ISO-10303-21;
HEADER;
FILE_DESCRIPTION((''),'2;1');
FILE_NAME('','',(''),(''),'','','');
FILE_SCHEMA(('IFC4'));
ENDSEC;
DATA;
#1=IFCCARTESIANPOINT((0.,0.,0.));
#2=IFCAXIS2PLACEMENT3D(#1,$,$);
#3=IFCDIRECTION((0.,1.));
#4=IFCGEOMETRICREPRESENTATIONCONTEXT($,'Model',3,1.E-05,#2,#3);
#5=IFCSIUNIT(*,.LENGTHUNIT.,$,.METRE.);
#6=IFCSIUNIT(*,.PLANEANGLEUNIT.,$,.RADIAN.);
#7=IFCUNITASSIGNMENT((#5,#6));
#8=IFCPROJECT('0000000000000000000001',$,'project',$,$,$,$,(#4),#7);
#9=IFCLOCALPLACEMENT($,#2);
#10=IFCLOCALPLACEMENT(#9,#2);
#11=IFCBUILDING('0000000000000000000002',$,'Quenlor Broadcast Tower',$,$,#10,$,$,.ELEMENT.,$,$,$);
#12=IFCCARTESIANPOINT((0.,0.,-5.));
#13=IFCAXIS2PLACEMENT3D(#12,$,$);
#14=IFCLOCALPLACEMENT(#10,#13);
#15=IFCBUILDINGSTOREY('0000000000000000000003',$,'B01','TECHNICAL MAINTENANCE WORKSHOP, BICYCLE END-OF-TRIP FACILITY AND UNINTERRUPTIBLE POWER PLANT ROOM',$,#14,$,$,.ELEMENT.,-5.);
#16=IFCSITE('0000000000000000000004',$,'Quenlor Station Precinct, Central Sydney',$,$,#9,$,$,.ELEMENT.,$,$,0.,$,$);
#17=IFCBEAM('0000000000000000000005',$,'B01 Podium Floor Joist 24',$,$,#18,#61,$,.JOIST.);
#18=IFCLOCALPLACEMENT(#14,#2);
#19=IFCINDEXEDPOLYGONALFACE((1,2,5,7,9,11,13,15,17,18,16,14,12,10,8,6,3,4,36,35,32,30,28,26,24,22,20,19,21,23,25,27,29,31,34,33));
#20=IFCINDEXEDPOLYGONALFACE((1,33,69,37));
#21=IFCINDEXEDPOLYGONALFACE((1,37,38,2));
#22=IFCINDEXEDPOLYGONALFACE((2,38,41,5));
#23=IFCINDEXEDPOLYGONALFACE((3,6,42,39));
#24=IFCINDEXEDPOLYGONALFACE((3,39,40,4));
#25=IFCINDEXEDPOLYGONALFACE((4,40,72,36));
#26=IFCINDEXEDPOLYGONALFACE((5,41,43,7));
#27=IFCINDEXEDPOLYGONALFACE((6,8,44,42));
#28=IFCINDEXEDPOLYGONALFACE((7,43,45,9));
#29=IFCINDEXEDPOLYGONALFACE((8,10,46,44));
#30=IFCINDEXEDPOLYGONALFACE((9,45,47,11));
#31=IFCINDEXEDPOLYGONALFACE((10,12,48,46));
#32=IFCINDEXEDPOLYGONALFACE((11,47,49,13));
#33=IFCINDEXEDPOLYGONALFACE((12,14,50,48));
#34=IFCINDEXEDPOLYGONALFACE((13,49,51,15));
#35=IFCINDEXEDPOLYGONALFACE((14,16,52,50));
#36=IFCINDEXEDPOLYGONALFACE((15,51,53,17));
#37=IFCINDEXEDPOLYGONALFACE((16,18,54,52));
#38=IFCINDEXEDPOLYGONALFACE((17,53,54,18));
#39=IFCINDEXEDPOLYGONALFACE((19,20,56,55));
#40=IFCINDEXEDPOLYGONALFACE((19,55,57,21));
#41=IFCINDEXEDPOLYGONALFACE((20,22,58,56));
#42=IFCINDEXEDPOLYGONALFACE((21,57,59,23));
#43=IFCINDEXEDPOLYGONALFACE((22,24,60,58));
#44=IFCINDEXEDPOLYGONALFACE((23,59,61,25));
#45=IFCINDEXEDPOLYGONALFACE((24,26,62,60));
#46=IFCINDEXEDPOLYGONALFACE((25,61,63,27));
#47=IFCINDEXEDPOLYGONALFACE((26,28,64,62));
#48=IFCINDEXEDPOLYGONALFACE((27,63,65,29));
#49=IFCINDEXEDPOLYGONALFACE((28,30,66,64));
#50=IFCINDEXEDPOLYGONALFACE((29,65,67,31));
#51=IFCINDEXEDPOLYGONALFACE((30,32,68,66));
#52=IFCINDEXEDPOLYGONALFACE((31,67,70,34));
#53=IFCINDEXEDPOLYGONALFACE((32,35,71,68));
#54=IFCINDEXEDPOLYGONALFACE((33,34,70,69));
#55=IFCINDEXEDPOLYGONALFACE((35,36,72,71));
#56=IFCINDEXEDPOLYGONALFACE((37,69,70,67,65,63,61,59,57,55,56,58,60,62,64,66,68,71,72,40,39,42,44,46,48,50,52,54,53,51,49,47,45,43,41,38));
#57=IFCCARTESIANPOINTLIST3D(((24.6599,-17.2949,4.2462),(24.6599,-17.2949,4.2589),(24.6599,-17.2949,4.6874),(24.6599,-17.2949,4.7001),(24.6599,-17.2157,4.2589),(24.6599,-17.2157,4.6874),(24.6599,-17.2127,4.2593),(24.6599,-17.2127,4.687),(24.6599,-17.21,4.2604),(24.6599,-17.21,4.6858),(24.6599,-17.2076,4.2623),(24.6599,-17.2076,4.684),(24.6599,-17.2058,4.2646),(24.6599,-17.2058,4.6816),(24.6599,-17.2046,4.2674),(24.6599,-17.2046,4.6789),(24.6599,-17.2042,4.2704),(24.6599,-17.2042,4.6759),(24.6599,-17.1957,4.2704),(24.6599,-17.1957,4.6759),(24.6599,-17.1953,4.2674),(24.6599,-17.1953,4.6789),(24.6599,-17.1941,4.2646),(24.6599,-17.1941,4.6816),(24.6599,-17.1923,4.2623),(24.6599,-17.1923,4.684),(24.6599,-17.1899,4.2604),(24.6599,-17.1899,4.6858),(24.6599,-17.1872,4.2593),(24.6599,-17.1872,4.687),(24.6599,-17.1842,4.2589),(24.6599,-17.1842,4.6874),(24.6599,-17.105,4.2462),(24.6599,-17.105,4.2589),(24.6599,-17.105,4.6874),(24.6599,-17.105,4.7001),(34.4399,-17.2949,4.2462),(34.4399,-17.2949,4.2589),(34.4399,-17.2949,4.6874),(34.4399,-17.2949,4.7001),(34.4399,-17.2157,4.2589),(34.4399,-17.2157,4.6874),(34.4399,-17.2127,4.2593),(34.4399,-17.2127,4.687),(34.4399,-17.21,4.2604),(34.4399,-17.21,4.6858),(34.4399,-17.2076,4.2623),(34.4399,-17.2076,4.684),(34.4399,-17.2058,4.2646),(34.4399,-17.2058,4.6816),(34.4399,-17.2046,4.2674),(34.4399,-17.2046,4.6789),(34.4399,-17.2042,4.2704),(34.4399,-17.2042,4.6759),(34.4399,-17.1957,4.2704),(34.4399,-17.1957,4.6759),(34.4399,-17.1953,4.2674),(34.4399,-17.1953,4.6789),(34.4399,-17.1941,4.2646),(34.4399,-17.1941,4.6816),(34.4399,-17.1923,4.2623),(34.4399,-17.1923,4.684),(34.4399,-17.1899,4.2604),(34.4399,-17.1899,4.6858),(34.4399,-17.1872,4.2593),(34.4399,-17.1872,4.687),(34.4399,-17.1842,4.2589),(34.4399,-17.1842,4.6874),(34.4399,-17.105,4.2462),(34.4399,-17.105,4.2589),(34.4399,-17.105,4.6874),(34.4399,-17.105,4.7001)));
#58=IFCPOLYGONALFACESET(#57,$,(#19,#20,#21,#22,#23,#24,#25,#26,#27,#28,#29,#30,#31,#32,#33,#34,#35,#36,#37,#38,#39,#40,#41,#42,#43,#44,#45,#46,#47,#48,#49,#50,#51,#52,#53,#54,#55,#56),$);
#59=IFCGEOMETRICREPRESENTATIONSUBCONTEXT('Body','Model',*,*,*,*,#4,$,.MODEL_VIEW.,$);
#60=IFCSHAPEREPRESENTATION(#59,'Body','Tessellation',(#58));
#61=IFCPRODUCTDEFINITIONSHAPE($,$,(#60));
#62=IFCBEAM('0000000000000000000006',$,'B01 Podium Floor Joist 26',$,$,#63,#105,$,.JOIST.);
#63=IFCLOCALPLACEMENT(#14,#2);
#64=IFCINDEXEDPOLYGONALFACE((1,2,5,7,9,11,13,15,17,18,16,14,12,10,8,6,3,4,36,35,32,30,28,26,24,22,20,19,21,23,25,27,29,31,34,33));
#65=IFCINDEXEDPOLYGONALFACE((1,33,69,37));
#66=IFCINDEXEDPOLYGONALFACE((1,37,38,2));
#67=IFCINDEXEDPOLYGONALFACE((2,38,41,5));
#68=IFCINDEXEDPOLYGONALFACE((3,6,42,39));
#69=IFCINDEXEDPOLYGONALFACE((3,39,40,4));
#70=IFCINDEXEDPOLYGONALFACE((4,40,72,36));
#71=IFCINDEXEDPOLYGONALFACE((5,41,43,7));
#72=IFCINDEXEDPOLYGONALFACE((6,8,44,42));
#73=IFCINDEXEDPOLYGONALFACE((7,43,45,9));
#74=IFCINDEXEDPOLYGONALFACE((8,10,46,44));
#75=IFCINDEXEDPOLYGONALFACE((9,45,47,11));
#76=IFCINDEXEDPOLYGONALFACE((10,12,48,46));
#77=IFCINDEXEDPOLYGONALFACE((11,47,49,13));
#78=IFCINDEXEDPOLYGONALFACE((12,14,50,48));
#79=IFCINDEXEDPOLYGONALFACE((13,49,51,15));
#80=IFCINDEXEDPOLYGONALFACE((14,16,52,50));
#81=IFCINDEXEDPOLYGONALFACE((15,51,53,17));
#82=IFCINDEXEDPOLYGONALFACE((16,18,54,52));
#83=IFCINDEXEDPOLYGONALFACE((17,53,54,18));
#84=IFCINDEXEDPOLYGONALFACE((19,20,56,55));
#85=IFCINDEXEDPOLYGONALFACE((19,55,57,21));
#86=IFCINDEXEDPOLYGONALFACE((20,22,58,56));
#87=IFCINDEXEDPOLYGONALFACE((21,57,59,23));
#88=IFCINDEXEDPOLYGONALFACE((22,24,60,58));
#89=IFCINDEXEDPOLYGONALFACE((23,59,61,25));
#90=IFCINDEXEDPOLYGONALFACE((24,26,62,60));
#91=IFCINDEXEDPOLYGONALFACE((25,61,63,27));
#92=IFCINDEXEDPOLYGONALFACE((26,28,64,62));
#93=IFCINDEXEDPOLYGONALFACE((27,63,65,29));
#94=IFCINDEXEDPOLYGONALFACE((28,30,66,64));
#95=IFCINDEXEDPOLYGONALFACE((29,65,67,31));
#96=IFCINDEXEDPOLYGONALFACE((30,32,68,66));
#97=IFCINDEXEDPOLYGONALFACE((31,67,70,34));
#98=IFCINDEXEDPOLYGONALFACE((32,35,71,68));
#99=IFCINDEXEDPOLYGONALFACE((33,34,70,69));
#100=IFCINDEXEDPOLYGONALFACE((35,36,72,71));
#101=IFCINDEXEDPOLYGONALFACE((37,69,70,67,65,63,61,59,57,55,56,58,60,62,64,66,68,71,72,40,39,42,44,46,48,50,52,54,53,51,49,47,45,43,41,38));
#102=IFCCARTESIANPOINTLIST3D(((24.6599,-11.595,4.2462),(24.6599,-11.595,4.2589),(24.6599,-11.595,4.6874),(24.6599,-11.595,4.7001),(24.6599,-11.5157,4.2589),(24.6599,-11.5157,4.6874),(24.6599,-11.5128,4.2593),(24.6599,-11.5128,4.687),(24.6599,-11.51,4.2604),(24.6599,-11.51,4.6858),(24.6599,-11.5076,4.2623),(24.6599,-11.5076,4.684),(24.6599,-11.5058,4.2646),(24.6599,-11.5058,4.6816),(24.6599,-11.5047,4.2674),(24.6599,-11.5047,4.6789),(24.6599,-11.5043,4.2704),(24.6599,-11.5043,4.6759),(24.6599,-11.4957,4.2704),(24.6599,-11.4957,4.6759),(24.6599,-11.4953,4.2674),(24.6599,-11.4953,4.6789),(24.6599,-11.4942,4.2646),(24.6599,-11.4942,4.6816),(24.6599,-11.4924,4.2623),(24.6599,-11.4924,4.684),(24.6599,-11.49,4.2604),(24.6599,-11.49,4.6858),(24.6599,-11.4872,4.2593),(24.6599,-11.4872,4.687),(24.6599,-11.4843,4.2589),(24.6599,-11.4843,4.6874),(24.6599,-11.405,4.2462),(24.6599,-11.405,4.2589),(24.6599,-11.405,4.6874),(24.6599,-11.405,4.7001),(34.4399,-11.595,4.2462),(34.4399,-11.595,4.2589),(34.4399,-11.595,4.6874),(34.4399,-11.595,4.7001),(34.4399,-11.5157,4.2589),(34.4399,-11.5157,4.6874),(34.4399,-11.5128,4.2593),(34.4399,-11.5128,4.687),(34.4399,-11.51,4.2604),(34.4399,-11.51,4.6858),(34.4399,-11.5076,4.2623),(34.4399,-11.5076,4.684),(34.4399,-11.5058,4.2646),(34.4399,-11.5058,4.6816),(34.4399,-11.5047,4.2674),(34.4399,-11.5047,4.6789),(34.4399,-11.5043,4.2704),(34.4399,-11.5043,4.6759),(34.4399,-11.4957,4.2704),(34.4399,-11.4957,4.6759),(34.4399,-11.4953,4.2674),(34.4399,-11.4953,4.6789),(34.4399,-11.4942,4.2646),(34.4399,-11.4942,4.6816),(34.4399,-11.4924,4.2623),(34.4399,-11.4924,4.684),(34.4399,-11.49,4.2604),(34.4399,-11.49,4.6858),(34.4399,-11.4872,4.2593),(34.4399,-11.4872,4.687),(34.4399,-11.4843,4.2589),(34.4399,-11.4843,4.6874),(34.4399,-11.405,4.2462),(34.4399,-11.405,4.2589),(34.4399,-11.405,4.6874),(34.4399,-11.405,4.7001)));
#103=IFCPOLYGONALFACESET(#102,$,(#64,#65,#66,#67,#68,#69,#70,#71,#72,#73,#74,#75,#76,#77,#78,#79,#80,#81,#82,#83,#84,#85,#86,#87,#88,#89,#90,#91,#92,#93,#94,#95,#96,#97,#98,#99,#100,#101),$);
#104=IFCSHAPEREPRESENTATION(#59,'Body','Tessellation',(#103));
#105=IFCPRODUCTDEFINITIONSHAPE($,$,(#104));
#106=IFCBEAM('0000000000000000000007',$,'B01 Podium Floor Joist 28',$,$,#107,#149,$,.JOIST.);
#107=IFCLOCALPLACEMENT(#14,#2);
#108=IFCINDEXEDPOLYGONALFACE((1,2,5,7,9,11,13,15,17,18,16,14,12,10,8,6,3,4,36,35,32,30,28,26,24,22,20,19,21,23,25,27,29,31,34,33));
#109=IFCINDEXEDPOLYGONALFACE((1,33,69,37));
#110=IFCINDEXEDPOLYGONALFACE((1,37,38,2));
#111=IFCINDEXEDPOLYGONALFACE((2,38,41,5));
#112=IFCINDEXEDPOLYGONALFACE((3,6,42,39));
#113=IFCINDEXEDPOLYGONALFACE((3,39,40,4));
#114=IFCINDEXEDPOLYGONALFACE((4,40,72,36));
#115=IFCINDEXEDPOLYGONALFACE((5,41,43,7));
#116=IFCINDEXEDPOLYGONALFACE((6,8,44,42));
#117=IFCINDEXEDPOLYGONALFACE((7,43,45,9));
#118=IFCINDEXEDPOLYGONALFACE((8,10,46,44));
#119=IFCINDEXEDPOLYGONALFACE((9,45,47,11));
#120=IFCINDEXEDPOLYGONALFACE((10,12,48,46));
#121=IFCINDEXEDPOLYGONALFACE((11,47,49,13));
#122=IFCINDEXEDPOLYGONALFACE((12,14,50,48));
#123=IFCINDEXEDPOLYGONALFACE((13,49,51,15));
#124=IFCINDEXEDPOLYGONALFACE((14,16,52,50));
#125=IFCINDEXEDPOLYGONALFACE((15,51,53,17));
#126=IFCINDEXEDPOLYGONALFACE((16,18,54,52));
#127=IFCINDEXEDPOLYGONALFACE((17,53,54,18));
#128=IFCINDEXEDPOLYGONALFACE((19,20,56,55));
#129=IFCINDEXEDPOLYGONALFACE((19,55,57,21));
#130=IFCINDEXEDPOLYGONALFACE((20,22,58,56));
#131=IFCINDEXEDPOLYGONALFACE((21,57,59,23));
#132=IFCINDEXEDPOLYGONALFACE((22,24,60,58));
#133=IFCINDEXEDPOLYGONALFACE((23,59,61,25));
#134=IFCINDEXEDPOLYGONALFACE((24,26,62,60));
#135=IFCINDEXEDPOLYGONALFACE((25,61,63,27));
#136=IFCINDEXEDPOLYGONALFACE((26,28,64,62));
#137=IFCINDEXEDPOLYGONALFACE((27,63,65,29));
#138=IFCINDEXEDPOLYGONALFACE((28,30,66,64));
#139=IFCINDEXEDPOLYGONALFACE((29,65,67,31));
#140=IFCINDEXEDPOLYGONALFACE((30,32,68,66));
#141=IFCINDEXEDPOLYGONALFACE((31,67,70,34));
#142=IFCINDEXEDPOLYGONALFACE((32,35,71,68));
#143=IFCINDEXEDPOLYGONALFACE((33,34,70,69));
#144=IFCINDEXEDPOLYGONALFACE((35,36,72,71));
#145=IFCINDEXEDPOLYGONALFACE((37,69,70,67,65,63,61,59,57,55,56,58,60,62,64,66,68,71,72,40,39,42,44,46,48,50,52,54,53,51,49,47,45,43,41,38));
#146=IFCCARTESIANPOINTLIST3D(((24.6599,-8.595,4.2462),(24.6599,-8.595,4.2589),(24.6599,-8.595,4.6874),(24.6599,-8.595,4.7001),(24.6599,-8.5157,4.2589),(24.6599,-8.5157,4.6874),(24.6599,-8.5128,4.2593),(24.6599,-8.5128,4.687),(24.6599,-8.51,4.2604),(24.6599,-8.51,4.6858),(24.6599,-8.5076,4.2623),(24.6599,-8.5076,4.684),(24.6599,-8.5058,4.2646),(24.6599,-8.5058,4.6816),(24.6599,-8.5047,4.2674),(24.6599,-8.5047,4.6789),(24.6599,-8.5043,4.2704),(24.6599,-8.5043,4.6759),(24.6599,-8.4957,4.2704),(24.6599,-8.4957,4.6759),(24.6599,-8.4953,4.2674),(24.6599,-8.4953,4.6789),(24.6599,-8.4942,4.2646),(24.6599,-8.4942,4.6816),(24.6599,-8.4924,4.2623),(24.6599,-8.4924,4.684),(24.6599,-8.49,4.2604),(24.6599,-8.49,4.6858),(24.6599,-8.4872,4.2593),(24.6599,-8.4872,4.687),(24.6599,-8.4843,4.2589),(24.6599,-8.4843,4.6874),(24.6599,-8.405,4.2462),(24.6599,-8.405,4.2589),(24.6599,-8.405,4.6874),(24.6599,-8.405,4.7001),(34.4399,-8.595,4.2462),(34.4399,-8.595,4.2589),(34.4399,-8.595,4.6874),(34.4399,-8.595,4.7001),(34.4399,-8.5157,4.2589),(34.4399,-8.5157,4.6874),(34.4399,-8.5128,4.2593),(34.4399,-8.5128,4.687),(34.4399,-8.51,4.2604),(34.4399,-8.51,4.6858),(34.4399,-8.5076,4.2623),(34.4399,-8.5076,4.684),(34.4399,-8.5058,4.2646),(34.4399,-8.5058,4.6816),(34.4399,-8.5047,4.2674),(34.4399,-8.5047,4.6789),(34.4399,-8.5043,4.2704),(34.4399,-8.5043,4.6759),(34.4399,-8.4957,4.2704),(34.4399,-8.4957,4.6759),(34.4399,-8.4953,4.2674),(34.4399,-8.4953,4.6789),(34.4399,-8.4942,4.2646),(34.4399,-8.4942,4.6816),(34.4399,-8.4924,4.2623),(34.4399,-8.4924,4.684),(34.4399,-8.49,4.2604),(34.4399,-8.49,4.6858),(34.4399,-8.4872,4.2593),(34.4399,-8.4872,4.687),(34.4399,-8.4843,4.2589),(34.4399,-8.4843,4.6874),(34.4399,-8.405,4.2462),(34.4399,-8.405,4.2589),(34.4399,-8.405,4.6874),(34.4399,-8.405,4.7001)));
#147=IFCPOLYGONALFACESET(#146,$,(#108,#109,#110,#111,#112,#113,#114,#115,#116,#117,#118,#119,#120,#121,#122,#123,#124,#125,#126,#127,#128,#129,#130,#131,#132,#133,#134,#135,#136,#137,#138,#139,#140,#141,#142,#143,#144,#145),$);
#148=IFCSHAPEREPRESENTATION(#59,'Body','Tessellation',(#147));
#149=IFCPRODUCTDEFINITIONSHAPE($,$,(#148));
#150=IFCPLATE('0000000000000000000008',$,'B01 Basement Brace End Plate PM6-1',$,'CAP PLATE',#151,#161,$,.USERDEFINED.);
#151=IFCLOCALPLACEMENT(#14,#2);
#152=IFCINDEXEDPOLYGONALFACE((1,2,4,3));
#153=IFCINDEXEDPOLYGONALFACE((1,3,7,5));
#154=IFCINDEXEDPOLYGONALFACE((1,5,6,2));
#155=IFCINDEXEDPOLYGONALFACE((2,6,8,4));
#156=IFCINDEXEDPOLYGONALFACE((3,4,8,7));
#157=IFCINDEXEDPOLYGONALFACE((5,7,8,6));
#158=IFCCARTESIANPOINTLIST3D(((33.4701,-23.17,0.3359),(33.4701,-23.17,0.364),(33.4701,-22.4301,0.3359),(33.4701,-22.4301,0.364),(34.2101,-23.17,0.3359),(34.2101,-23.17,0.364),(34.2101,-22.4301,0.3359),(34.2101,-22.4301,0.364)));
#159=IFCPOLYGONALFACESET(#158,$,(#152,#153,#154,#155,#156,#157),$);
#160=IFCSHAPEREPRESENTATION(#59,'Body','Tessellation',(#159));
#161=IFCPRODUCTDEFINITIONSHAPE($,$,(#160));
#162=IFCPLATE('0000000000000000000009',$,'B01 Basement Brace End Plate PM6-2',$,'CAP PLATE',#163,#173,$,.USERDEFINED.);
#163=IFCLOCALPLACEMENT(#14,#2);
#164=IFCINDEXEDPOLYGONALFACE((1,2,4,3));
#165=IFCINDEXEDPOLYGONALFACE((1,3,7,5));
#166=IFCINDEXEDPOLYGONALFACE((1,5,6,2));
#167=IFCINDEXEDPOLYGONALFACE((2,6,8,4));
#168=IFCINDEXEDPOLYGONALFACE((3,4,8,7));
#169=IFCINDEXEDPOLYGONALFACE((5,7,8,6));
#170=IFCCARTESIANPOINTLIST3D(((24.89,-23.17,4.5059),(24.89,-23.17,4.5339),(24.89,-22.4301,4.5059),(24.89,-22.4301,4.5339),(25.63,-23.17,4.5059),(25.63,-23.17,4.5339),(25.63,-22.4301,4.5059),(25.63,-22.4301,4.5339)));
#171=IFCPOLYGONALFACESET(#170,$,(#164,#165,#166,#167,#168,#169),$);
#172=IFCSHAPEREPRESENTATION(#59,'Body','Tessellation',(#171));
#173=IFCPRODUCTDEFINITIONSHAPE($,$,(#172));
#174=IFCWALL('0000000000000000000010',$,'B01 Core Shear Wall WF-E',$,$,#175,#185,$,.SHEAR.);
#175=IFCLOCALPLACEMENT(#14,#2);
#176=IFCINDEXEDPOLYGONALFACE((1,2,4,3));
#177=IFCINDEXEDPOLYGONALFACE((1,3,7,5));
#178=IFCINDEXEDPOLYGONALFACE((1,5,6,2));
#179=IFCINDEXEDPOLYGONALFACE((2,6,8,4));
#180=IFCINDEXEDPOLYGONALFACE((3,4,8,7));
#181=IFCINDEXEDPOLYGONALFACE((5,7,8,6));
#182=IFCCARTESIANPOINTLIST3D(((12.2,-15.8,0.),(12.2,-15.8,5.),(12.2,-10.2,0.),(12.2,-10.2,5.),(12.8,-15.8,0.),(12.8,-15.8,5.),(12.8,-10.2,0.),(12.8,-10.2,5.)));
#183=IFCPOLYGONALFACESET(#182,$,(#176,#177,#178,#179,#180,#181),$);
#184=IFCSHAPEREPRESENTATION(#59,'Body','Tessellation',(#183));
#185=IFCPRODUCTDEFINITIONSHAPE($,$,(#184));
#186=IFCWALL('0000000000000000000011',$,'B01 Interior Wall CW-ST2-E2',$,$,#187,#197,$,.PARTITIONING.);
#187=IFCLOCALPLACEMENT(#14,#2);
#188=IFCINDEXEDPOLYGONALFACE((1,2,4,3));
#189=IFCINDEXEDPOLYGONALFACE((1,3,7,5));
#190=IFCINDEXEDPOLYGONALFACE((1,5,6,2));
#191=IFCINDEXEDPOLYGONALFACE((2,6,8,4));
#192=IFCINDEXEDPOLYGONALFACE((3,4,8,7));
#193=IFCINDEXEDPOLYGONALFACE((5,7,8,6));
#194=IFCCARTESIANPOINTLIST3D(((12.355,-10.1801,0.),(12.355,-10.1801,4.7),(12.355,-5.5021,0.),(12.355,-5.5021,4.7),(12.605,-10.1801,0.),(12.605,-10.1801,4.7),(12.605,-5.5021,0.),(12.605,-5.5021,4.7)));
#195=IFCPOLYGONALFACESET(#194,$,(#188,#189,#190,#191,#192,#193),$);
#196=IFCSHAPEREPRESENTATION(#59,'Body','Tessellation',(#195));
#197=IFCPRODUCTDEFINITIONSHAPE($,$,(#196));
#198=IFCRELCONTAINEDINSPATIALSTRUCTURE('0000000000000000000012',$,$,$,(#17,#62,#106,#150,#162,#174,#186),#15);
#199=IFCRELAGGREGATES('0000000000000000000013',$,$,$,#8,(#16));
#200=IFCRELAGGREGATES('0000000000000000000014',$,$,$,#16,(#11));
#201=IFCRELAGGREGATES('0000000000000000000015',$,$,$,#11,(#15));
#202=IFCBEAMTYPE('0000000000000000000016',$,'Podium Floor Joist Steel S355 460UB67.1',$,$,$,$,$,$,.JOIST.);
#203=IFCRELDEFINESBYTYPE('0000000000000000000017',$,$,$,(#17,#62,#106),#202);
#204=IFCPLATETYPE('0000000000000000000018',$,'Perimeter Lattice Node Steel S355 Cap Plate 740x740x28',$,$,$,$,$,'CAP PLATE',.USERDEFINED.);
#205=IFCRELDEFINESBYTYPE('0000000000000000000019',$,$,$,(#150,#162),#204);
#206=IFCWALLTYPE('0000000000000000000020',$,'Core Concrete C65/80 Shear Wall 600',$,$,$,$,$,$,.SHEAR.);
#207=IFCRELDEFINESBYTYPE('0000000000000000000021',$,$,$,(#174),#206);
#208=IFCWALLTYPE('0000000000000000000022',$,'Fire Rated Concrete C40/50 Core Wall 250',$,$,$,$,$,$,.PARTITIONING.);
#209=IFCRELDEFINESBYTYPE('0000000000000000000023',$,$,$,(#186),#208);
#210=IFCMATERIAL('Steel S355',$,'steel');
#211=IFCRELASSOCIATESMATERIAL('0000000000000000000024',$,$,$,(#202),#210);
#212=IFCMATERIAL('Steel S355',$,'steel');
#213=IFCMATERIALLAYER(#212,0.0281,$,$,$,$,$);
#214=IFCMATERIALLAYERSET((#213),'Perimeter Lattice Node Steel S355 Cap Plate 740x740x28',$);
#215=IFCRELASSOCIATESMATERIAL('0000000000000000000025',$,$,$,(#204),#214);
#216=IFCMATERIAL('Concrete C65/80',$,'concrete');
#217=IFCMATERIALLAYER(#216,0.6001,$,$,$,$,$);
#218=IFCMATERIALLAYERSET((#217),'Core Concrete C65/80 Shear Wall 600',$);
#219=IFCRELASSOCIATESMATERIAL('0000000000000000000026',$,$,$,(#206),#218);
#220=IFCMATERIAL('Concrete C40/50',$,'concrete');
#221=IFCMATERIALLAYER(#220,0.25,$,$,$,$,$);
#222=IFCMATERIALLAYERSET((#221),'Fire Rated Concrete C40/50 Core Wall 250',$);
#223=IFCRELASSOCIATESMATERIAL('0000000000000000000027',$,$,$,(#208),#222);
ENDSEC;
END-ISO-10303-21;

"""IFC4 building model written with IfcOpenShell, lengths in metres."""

from ifc_helpers import new_model, si_unit, direction, frame, frame_2d, origin, origin_2d, place, context, subcontext, project, spatial, rectangle, i_section, extrude, material, layer, layer_set, material_profile, profile_set, type_object, element, save


model = new_model("IFC4")

# Units and contexts
model_context = context("Model", 3, precision=1e-05, world=origin(), true_north=direction((0.0, 1.0)))
body_context = subcontext(model_context, "Body", "Model", "MODEL_VIEW")
ifc_project = project(units=[si_unit("LENGTHUNIT", "METRE"), si_unit("PLANEANGLEUNIT", "RADIAN")], contexts=[model_context])

# Site, building, storey
site_placement = place(None, origin())
site = spatial("IfcSite", under=ifc_project, at=site_placement, Name="Quenlor Station Precinct, Central Sydney", CompositionType="ELEMENT", RefElevation=0.0)
building_placement = place(site_placement, origin())
building = spatial("IfcBuilding", under=site, at=building_placement, Name="Quenlor Broadcast Tower", CompositionType="ELEMENT")
storey_placement = place(building_placement, frame((0.0, 0.0, -5.0)))
storey = spatial("IfcBuildingStorey", under=building, at=storey_placement, Name="B01", Description="TECHNICAL MAINTENANCE WORKSHOP, BICYCLE END-OF-TRIP FACILITY AND UNINTERRUPTIBLE POWER PLANT ROOM", CompositionType="ELEMENT", Elevation=-5.0)

# Beams
ifc_material_1 = material(Name="Steel S355", Category="steel")
ifc_material_profile_1 = material_profile(ifc_material_1, i_section(OverallWidth=0.1899, OverallDepth=0.4539, WebThickness=0.0085, FlangeThickness=0.0127, FilletRadius=0.0115, at=origin_2d()))
ifc_profile_set_1 = profile_set([ifc_material_profile_1], Name="Steel S355 460UB67.1")
beam_type_1 = type_object("IfcBeamType", Name="Podium Floor Joist Steel S355 460UB67.1", PredefinedType="JOIST", material=ifc_profile_set_1)
for number, where, z_axis, x_axis, name in (
    (1, (24.6599, -17.2, 4.4731), (1.0, 0.0, 0.0), (0.0, 1.0, 0.0), "B01 Podium Floor Joist 24"),
    (2, (24.6599, -11.5, 4.4731), (1.0, 0.0, 0.0), (0.0, 1.0, 0.0), "B01 Podium Floor Joist 26"),
    (3, (24.6599, -8.5, 4.4731), (1.0, 0.0, 0.0), (0.0, 1.0, 0.0), "B01 Podium Floor Joist 28"),
):
    element("IfcBeam", number, at=place(storey_placement, frame(where, z_axis=z_axis, x_axis=x_axis)), inside=storey, type_object=beam_type_1, Name=name, PredefinedType="JOIST", context=body_context, shape_type="SweptSolid", body=[
        extrude(i_section(OverallWidth=0.1899, OverallDepth=0.4539, WebThickness=0.0085, FlangeThickness=0.0127, FilletRadius=0.0115, at=origin_2d()), origin(), (0.0, 0.0, 1.0), 9.78),
    ])

# Plates
ifc_material_2 = material(Name="Steel S355", Category="steel")
ifc_layer_1 = layer(ifc_material_2, 0.0281)
ifc_layer_set_1 = layer_set([ifc_layer_1], Name="Perimeter Lattice Node Steel S355 Cap Plate 740x740x28")
plate_type = type_object("IfcPlateType", Name="Perimeter Lattice Node Steel S355 Cap Plate 740x740x28", ElementType="CAP PLATE", PredefinedType="USERDEFINED", material=ifc_layer_set_1)
for number, where, z_axis, x_axis, name in (
    (4, (33.8401, -22.8, 0.3359), (0.0, 0.0, 1.0), (1.0, 0.0, 0.0), "B01 Basement Brace End Plate PM6-1"),
    (5, (25.26, -22.8, 4.5059), (0.0, 0.0, 1.0), (1.0, 0.0, 0.0), "B01 Basement Brace End Plate PM6-2"),
):
    element("IfcPlate", number, at=place(storey_placement, frame(where, z_axis=z_axis, x_axis=x_axis)), inside=storey, type_object=plate_type, Name=name, ObjectType="CAP PLATE", PredefinedType="USERDEFINED", context=body_context, shape_type="SweptSolid", body=[
        extrude(rectangle(XDim=0.74, YDim=0.74, at=origin_2d()), origin(), (0.0, 0.0, 1.0), 0.0281),
    ])

# Walls
ifc_material_3 = material(Name="Concrete C65/80", Category="concrete")
ifc_layer_2 = layer(ifc_material_3, 0.6001)
ifc_layer_set_2 = layer_set([ifc_layer_2], Name="Core Concrete C65/80 Shear Wall 600")
wall_type_1 = type_object("IfcWallType", Name="Core Concrete C65/80 Shear Wall 600", PredefinedType="SHEAR", material=ifc_layer_set_2)
wall_1_placement = place(storey_placement, frame((12.5, -15.8, 0.0), z_axis=(0.0, 0.0, 1.0), x_axis=(0.0, 1.0, 0.0)))
element("IfcWall", 6, at=wall_1_placement, inside=storey, type_object=wall_type_1, Name="B01 Core Shear Wall WF-E", PredefinedType="SHEAR", context=body_context, shape_type="SweptSolid", body=[
    extrude(rectangle(XDim=5.6001, YDim=0.6001, at=frame_2d((2.8, 0.0))), origin(), (0.0, 0.0, 1.0), 5.0),
])
ifc_material_4 = material(Name="Concrete C40/50", Category="concrete")
ifc_layer_3 = layer(ifc_material_4, 0.25)
ifc_layer_set_3 = layer_set([ifc_layer_3], Name="Fire Rated Concrete C40/50 Core Wall 250")
wall_type_2 = type_object("IfcWallType", Name="Fire Rated Concrete C40/50 Core Wall 250", PredefinedType="PARTITIONING", material=ifc_layer_set_3)
wall_2_placement = place(storey_placement, frame((12.48, -10.1799, 0.0), z_axis=(0.0, 0.0, 1.0), x_axis=(0.0, 1.0, 0.0)))
element("IfcWall", 7, at=wall_2_placement, inside=storey, type_object=wall_type_2, Name="B01 Interior Wall CW-ST2-E2", PredefinedType="PARTITIONING", context=body_context, shape_type="SweptSolid", body=[
    extrude(rectangle(XDim=4.678, YDim=0.25, at=frame_2d((2.3389, 0.0))), origin(), (0.0, 0.0, 1.0), 4.7),
])

save(model, "model.ifc")
